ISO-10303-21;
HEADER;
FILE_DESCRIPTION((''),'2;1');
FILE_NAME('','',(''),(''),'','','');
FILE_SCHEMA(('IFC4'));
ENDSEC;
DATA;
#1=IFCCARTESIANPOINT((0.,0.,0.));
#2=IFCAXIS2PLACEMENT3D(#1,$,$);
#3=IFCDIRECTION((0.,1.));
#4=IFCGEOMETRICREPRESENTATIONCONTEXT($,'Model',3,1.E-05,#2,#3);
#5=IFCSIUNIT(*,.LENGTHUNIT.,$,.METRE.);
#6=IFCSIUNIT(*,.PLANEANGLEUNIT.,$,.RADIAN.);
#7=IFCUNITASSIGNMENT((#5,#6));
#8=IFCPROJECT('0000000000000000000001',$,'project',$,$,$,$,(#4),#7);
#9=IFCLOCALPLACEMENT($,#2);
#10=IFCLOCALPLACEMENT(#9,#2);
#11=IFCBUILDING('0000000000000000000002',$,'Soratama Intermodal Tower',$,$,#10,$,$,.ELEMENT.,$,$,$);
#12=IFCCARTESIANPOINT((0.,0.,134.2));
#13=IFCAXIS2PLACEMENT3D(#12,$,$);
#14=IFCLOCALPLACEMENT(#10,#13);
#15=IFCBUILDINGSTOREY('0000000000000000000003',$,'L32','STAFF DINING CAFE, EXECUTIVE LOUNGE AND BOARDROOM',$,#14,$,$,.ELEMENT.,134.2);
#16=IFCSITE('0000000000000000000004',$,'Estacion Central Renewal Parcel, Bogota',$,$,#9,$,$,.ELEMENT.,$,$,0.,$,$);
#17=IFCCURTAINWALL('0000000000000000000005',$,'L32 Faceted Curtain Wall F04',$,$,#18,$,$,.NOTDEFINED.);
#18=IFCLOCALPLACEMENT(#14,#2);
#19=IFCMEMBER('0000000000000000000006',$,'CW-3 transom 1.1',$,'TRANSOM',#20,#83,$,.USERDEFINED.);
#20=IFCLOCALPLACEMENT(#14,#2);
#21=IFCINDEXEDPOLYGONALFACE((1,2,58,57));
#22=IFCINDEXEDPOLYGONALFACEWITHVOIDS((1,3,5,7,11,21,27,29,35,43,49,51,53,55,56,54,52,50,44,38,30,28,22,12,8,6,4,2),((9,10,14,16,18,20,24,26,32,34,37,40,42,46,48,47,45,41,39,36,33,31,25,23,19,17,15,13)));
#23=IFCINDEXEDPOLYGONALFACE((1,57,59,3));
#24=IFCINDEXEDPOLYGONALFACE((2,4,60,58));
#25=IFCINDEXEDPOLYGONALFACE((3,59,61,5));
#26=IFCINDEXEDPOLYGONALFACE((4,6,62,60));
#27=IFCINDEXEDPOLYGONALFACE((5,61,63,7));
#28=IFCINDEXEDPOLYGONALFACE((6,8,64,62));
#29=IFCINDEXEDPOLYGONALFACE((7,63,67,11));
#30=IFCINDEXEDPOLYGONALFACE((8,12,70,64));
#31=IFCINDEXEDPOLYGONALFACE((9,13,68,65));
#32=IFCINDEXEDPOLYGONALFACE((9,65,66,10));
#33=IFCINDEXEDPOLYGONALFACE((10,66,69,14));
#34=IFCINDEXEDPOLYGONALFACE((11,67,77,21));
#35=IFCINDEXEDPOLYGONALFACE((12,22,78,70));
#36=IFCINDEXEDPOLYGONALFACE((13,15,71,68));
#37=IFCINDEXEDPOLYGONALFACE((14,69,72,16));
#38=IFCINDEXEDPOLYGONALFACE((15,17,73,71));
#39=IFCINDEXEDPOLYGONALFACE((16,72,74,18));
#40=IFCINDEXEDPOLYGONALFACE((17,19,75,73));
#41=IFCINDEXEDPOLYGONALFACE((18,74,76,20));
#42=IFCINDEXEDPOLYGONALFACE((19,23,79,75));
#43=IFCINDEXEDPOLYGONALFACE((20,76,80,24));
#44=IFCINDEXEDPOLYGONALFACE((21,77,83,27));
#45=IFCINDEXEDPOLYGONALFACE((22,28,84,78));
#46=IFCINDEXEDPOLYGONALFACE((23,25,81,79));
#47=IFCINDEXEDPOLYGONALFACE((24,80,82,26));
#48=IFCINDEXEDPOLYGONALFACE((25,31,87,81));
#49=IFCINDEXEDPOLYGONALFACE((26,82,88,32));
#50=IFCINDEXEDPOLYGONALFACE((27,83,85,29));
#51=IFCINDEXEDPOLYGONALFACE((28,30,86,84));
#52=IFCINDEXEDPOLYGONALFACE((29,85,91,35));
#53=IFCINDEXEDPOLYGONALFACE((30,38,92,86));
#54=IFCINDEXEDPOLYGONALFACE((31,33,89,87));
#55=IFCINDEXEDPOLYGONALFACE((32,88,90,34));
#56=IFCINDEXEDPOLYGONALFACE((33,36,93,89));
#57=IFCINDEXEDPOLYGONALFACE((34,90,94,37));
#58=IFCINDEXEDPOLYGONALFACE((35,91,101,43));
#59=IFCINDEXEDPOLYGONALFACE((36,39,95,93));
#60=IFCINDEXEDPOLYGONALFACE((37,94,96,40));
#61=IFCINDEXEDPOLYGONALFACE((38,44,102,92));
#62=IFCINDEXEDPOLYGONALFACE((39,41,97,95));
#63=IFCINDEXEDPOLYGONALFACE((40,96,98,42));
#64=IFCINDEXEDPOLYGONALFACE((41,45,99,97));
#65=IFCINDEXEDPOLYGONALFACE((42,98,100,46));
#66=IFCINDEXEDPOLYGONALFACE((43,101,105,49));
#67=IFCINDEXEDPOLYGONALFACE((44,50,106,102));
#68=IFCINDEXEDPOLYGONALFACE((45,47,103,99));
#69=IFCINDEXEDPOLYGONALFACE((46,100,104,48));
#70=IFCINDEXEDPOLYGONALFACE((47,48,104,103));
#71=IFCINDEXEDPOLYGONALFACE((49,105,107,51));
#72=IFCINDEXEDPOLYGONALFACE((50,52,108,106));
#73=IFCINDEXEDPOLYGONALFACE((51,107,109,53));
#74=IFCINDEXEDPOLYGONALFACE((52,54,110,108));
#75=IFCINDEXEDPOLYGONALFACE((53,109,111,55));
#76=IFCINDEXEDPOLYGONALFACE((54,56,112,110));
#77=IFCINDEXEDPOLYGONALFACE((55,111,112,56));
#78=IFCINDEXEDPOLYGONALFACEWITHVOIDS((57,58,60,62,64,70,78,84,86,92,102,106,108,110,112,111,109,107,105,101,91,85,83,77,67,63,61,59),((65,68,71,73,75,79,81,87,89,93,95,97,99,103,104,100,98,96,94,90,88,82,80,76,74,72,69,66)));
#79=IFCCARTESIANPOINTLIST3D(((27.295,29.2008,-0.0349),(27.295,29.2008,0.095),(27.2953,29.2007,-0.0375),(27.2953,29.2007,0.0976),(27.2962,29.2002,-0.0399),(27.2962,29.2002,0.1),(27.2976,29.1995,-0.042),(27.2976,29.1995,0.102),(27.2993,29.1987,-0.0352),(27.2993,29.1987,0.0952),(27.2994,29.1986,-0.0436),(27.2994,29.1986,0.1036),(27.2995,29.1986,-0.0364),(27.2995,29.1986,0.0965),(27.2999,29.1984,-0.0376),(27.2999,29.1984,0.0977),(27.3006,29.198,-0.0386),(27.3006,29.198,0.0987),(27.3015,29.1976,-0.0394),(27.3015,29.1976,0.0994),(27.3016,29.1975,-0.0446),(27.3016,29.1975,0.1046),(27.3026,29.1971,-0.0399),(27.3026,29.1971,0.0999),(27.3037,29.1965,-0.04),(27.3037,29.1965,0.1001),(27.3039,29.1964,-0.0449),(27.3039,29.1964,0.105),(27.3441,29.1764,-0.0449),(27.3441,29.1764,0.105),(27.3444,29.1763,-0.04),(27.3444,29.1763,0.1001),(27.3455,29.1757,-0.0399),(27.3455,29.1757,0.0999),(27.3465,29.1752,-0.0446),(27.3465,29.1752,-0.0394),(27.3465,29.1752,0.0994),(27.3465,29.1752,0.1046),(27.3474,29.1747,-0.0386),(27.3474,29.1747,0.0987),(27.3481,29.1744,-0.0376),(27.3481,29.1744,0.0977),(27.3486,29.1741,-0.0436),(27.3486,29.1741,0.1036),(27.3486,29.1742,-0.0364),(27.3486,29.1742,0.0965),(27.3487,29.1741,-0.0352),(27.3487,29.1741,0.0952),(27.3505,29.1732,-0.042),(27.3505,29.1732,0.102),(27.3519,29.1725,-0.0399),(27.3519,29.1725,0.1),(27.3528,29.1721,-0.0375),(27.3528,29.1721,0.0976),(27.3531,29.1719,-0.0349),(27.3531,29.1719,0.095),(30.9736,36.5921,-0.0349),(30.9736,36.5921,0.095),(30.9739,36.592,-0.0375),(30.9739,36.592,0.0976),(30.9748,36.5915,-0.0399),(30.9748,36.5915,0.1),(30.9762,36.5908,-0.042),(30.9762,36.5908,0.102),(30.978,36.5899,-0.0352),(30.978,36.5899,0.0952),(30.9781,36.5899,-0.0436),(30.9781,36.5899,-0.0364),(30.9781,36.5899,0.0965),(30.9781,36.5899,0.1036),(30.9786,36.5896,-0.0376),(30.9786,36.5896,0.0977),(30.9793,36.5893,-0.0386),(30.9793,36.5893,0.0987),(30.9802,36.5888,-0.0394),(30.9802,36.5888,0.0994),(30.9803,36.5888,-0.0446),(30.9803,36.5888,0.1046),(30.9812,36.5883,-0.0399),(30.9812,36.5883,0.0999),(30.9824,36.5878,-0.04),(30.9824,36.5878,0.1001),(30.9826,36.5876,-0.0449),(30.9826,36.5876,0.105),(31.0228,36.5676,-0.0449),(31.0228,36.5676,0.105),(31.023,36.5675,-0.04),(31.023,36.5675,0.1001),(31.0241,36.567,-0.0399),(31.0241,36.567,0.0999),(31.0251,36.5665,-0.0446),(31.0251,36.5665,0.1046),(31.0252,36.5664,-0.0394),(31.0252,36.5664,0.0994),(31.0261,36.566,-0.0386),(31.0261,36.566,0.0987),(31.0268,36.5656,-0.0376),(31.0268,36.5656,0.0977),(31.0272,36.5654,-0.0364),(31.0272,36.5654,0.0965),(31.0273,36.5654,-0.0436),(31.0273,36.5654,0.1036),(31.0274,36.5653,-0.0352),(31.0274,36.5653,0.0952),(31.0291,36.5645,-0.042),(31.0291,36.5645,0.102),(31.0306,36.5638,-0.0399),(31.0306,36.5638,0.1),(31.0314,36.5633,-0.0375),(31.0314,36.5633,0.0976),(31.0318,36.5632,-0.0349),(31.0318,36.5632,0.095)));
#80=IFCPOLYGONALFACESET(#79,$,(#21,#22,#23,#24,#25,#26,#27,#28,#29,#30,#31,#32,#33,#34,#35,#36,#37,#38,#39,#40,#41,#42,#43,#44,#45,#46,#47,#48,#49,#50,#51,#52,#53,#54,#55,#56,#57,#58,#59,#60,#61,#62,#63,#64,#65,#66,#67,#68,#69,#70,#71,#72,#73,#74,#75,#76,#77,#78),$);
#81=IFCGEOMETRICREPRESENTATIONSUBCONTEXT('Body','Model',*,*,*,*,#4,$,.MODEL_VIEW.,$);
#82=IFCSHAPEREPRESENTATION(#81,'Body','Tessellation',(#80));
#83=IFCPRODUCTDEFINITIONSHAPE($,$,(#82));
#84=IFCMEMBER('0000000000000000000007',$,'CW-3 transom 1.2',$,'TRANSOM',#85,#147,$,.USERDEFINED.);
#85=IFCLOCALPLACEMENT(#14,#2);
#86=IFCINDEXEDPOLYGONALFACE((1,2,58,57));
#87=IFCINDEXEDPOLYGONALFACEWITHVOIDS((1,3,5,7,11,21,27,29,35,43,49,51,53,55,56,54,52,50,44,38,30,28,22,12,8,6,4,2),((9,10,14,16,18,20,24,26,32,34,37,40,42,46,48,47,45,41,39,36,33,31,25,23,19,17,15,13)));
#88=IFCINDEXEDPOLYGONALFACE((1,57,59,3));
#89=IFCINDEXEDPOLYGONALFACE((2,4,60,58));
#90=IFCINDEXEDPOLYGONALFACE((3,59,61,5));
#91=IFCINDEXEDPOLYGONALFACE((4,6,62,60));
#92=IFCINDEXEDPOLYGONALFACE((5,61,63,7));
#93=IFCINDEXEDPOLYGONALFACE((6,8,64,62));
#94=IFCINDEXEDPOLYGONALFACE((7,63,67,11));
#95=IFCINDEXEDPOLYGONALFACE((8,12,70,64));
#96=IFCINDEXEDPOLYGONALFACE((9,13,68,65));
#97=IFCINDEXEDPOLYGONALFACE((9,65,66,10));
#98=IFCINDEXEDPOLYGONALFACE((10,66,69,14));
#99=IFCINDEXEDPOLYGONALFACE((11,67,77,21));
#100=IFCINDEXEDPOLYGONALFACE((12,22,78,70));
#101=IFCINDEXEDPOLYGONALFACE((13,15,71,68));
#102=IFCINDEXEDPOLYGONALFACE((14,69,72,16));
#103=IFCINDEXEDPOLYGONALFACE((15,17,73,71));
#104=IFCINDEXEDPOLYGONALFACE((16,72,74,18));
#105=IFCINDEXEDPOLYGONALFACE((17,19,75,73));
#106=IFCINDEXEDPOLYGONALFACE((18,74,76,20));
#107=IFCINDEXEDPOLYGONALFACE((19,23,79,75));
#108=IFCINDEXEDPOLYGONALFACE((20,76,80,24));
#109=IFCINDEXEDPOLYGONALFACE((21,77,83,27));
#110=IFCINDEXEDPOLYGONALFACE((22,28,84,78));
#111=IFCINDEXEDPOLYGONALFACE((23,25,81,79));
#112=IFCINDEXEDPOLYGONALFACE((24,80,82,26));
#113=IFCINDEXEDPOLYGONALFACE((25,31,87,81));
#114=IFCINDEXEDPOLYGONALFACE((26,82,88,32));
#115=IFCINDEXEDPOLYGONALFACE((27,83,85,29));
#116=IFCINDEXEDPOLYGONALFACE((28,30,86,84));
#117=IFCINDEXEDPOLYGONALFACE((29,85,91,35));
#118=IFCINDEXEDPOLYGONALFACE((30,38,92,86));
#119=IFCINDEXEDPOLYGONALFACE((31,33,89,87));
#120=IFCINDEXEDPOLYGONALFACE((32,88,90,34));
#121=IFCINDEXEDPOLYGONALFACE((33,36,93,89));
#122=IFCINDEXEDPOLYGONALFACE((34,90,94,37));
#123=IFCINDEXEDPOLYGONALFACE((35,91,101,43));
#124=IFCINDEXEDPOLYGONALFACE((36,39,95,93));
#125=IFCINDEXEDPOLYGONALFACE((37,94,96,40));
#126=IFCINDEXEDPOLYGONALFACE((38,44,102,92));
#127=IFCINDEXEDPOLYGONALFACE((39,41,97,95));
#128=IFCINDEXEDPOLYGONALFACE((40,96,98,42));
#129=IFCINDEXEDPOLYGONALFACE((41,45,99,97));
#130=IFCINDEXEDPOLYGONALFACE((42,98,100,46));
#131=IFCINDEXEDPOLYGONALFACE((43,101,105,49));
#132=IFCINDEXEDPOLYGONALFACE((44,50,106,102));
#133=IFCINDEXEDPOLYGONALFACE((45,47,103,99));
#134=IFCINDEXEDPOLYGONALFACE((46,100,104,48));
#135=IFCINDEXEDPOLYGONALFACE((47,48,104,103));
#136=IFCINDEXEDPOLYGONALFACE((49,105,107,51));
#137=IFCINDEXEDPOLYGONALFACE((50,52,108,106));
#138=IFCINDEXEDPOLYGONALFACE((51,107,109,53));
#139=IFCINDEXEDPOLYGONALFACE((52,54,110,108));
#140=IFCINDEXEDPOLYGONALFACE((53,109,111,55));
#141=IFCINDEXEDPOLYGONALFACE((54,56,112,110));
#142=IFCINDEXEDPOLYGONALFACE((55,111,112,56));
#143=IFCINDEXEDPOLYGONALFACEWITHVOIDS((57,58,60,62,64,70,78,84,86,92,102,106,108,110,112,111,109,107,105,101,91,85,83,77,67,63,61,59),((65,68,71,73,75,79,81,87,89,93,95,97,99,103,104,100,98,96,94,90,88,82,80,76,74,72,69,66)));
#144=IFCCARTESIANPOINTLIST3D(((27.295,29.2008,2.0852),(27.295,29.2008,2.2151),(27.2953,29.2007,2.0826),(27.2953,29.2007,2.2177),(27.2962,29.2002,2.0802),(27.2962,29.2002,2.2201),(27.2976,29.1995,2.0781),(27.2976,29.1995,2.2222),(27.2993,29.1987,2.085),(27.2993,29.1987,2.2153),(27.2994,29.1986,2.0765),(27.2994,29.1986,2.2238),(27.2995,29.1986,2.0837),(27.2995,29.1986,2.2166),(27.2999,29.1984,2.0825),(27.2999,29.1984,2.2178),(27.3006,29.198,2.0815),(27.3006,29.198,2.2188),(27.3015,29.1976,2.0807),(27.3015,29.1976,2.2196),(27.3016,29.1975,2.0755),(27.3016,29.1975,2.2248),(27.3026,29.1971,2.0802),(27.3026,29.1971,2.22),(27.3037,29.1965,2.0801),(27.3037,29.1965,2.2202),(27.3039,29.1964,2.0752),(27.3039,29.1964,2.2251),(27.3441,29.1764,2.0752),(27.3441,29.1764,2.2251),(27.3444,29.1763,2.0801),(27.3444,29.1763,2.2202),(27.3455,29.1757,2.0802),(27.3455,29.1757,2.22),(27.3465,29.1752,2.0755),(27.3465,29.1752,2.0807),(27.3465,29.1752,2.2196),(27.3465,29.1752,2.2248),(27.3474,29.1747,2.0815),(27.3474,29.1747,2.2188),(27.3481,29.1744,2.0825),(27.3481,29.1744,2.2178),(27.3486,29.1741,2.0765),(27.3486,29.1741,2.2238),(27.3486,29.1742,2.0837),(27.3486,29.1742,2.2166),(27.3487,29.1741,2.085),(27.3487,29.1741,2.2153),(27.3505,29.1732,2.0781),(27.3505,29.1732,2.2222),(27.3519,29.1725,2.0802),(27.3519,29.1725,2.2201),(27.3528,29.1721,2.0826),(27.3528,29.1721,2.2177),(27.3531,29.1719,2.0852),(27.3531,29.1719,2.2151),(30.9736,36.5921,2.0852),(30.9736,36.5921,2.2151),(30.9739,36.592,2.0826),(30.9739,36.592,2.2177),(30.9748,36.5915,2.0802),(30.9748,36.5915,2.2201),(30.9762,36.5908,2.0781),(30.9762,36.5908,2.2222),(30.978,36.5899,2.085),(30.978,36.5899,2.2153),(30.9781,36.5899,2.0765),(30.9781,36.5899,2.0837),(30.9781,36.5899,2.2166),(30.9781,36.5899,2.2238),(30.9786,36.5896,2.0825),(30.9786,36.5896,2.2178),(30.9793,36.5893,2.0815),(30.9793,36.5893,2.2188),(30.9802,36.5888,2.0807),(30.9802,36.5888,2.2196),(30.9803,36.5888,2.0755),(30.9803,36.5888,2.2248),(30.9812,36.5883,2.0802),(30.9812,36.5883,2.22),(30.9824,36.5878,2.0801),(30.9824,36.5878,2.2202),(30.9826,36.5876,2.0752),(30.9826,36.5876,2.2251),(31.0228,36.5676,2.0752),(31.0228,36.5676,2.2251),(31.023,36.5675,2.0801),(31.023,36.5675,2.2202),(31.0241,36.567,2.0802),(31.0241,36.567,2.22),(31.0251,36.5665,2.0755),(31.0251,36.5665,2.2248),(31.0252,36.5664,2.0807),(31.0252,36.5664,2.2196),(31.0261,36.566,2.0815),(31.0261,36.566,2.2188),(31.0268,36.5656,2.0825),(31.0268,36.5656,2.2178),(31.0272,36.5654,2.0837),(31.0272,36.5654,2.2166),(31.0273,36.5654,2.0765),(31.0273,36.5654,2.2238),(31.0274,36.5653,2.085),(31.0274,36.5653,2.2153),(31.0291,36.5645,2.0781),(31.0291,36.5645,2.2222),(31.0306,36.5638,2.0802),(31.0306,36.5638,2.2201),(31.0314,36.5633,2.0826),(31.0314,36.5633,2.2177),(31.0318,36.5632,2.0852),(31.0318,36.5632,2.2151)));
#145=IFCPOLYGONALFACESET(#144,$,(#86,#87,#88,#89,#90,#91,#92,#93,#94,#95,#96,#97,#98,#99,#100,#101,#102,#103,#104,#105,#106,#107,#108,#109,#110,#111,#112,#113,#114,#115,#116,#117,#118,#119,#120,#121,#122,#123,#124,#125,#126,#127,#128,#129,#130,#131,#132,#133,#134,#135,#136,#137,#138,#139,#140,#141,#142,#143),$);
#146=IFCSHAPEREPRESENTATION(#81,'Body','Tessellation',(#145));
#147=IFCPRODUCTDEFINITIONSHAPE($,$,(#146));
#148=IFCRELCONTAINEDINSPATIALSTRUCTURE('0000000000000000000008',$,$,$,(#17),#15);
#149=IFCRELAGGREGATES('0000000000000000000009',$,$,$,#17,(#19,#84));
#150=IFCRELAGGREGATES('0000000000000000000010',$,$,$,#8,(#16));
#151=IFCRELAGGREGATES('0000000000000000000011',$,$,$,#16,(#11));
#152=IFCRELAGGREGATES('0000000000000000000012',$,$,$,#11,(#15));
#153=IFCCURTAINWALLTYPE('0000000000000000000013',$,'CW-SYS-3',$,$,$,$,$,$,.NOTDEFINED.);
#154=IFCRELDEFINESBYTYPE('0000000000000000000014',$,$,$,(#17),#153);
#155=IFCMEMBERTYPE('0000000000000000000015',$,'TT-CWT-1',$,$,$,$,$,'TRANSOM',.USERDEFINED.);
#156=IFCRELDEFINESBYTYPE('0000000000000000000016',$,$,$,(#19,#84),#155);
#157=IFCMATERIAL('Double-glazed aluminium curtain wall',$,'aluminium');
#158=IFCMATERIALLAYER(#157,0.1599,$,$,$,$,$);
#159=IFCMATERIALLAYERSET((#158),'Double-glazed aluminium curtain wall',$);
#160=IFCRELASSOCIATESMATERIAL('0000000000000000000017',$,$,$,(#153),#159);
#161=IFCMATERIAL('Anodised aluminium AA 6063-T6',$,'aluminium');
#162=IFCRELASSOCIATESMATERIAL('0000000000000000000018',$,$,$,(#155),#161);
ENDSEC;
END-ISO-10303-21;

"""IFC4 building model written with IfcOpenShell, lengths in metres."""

from ifc_helpers import new_model, si_unit, direction, frame, origin, origin_2d, place, context, subcontext, project, spatial, hollow_rectangle, extrude, material, layer, layer_set, material_profile, profile_set, type_object, element, aggregate, save


model = new_model("IFC4")

# Units and contexts
model_context = context("Model", 3, precision=1e-05, world=origin(), true_north=direction((0.0, 1.0)))
body_context = subcontext(model_context, "Body", "Model", "MODEL_VIEW")
ifc_project = project(units=[si_unit("LENGTHUNIT", "METRE"), si_unit("PLANEANGLEUNIT", "RADIAN")], contexts=[model_context])

# Site, building, storey
site_placement = place(None, origin())
site = spatial("IfcSite", under=ifc_project, at=site_placement, Name="Estacion Central Renewal Parcel, Bogota", CompositionType="ELEMENT", RefElevation=0.0)
building_placement = place(site_placement, origin())
building = spatial("IfcBuilding", under=site, at=building_placement, Name="Soratama Intermodal Tower", CompositionType="ELEMENT")
storey_placement = place(building_placement, frame((0.0, 0.0, 134.2)))
storey = spatial("IfcBuildingStorey", under=building, at=storey_placement, Name="L32", Description="STAFF DINING CAFE, EXECUTIVE LOUNGE AND BOARDROOM", CompositionType="ELEMENT", Elevation=134.2)

# Shared definitions
ifc_material_1 = material(Name="Double-glazed aluminium curtain wall", Category="aluminium")
ifc_layer_1 = layer(ifc_material_1, 0.1599)
ifc_layer_set_1 = layer_set([ifc_layer_1], Name="Double-glazed aluminium curtain wall")
curtain_wall_type = type_object("IfcCurtainWallType", Name="CW-SYS-3", PredefinedType="NOTDEFINED", material=ifc_layer_set_1)

# Curtain wall, members
curtain_wall_1_placement = place(storey_placement, origin())
curtain_wall_1 = element("IfcCurtainWall", 1, at=curtain_wall_1_placement, inside=storey, type_object=curtain_wall_type, Name="L32 Faceted Curtain Wall F04", PredefinedType="NOTDEFINED")
ifc_material_2 = material(Name="Anodised aluminium AA 6063-T6", Category="aluminium")
ifc_material_profile_1 = material_profile(ifc_material_2, hollow_rectangle(XDim=0.0649, YDim=0.1499, WallThickness=0.0049, InnerFilletRadius=0.0049, OuterFilletRadius=0.01, at=origin_2d()), Name="CWT150X65X5")
ifc_profile_set_1 = profile_set([ifc_material_profile_1], Name="Anodised aluminium AA 6063-T6")
member_type_1 = type_object("IfcMemberType", Name="TT-CWT-1", ElementType="TRANSOM", PredefinedType="USERDEFINED", material=ifc_profile_set_1)
member_1_placement = place(storey_placement, frame((31.0027, 36.5776, 0.03), z_axis=(-0.445569, -0.895248, 0.0), x_axis=(0.895248, -0.445569, 0.0)))
member_1 = element("IfcMember", 2, at=member_1_placement, type_object=member_type_1, Name="CW-3 transom 1.1", ObjectType="TRANSOM", PredefinedType="USERDEFINED", context=body_context, shape_type="SweptSolid", body=[
    extrude(hollow_rectangle(XDim=0.0649, YDim=0.1499, WallThickness=0.0049, InnerFilletRadius=0.0049, OuterFilletRadius=0.01, at=origin_2d()), origin(), (0.0, 0.0, 1.0), 8.2561),
])
member_2_placement = place(storey_placement, frame((31.0027, 36.5776, 2.1501), z_axis=(-0.445569, -0.895248, 0.0), x_axis=(0.895248, -0.445569, 0.0)))
member_2 = element("IfcMember", 3, at=member_2_placement, type_object=member_type_1, Name="CW-3 transom 1.2", ObjectType="TRANSOM", PredefinedType="USERDEFINED", context=body_context, shape_type="SweptSolid", body=[
    extrude(hollow_rectangle(XDim=0.0649, YDim=0.1499, WallThickness=0.0049, InnerFilletRadius=0.0049, OuterFilletRadius=0.01, at=origin_2d()), origin(), (0.0, 0.0, 1.0), 8.2561),
])
aggregate(curtain_wall_1, [member_1, member_2])

save(model, "model.ifc")
